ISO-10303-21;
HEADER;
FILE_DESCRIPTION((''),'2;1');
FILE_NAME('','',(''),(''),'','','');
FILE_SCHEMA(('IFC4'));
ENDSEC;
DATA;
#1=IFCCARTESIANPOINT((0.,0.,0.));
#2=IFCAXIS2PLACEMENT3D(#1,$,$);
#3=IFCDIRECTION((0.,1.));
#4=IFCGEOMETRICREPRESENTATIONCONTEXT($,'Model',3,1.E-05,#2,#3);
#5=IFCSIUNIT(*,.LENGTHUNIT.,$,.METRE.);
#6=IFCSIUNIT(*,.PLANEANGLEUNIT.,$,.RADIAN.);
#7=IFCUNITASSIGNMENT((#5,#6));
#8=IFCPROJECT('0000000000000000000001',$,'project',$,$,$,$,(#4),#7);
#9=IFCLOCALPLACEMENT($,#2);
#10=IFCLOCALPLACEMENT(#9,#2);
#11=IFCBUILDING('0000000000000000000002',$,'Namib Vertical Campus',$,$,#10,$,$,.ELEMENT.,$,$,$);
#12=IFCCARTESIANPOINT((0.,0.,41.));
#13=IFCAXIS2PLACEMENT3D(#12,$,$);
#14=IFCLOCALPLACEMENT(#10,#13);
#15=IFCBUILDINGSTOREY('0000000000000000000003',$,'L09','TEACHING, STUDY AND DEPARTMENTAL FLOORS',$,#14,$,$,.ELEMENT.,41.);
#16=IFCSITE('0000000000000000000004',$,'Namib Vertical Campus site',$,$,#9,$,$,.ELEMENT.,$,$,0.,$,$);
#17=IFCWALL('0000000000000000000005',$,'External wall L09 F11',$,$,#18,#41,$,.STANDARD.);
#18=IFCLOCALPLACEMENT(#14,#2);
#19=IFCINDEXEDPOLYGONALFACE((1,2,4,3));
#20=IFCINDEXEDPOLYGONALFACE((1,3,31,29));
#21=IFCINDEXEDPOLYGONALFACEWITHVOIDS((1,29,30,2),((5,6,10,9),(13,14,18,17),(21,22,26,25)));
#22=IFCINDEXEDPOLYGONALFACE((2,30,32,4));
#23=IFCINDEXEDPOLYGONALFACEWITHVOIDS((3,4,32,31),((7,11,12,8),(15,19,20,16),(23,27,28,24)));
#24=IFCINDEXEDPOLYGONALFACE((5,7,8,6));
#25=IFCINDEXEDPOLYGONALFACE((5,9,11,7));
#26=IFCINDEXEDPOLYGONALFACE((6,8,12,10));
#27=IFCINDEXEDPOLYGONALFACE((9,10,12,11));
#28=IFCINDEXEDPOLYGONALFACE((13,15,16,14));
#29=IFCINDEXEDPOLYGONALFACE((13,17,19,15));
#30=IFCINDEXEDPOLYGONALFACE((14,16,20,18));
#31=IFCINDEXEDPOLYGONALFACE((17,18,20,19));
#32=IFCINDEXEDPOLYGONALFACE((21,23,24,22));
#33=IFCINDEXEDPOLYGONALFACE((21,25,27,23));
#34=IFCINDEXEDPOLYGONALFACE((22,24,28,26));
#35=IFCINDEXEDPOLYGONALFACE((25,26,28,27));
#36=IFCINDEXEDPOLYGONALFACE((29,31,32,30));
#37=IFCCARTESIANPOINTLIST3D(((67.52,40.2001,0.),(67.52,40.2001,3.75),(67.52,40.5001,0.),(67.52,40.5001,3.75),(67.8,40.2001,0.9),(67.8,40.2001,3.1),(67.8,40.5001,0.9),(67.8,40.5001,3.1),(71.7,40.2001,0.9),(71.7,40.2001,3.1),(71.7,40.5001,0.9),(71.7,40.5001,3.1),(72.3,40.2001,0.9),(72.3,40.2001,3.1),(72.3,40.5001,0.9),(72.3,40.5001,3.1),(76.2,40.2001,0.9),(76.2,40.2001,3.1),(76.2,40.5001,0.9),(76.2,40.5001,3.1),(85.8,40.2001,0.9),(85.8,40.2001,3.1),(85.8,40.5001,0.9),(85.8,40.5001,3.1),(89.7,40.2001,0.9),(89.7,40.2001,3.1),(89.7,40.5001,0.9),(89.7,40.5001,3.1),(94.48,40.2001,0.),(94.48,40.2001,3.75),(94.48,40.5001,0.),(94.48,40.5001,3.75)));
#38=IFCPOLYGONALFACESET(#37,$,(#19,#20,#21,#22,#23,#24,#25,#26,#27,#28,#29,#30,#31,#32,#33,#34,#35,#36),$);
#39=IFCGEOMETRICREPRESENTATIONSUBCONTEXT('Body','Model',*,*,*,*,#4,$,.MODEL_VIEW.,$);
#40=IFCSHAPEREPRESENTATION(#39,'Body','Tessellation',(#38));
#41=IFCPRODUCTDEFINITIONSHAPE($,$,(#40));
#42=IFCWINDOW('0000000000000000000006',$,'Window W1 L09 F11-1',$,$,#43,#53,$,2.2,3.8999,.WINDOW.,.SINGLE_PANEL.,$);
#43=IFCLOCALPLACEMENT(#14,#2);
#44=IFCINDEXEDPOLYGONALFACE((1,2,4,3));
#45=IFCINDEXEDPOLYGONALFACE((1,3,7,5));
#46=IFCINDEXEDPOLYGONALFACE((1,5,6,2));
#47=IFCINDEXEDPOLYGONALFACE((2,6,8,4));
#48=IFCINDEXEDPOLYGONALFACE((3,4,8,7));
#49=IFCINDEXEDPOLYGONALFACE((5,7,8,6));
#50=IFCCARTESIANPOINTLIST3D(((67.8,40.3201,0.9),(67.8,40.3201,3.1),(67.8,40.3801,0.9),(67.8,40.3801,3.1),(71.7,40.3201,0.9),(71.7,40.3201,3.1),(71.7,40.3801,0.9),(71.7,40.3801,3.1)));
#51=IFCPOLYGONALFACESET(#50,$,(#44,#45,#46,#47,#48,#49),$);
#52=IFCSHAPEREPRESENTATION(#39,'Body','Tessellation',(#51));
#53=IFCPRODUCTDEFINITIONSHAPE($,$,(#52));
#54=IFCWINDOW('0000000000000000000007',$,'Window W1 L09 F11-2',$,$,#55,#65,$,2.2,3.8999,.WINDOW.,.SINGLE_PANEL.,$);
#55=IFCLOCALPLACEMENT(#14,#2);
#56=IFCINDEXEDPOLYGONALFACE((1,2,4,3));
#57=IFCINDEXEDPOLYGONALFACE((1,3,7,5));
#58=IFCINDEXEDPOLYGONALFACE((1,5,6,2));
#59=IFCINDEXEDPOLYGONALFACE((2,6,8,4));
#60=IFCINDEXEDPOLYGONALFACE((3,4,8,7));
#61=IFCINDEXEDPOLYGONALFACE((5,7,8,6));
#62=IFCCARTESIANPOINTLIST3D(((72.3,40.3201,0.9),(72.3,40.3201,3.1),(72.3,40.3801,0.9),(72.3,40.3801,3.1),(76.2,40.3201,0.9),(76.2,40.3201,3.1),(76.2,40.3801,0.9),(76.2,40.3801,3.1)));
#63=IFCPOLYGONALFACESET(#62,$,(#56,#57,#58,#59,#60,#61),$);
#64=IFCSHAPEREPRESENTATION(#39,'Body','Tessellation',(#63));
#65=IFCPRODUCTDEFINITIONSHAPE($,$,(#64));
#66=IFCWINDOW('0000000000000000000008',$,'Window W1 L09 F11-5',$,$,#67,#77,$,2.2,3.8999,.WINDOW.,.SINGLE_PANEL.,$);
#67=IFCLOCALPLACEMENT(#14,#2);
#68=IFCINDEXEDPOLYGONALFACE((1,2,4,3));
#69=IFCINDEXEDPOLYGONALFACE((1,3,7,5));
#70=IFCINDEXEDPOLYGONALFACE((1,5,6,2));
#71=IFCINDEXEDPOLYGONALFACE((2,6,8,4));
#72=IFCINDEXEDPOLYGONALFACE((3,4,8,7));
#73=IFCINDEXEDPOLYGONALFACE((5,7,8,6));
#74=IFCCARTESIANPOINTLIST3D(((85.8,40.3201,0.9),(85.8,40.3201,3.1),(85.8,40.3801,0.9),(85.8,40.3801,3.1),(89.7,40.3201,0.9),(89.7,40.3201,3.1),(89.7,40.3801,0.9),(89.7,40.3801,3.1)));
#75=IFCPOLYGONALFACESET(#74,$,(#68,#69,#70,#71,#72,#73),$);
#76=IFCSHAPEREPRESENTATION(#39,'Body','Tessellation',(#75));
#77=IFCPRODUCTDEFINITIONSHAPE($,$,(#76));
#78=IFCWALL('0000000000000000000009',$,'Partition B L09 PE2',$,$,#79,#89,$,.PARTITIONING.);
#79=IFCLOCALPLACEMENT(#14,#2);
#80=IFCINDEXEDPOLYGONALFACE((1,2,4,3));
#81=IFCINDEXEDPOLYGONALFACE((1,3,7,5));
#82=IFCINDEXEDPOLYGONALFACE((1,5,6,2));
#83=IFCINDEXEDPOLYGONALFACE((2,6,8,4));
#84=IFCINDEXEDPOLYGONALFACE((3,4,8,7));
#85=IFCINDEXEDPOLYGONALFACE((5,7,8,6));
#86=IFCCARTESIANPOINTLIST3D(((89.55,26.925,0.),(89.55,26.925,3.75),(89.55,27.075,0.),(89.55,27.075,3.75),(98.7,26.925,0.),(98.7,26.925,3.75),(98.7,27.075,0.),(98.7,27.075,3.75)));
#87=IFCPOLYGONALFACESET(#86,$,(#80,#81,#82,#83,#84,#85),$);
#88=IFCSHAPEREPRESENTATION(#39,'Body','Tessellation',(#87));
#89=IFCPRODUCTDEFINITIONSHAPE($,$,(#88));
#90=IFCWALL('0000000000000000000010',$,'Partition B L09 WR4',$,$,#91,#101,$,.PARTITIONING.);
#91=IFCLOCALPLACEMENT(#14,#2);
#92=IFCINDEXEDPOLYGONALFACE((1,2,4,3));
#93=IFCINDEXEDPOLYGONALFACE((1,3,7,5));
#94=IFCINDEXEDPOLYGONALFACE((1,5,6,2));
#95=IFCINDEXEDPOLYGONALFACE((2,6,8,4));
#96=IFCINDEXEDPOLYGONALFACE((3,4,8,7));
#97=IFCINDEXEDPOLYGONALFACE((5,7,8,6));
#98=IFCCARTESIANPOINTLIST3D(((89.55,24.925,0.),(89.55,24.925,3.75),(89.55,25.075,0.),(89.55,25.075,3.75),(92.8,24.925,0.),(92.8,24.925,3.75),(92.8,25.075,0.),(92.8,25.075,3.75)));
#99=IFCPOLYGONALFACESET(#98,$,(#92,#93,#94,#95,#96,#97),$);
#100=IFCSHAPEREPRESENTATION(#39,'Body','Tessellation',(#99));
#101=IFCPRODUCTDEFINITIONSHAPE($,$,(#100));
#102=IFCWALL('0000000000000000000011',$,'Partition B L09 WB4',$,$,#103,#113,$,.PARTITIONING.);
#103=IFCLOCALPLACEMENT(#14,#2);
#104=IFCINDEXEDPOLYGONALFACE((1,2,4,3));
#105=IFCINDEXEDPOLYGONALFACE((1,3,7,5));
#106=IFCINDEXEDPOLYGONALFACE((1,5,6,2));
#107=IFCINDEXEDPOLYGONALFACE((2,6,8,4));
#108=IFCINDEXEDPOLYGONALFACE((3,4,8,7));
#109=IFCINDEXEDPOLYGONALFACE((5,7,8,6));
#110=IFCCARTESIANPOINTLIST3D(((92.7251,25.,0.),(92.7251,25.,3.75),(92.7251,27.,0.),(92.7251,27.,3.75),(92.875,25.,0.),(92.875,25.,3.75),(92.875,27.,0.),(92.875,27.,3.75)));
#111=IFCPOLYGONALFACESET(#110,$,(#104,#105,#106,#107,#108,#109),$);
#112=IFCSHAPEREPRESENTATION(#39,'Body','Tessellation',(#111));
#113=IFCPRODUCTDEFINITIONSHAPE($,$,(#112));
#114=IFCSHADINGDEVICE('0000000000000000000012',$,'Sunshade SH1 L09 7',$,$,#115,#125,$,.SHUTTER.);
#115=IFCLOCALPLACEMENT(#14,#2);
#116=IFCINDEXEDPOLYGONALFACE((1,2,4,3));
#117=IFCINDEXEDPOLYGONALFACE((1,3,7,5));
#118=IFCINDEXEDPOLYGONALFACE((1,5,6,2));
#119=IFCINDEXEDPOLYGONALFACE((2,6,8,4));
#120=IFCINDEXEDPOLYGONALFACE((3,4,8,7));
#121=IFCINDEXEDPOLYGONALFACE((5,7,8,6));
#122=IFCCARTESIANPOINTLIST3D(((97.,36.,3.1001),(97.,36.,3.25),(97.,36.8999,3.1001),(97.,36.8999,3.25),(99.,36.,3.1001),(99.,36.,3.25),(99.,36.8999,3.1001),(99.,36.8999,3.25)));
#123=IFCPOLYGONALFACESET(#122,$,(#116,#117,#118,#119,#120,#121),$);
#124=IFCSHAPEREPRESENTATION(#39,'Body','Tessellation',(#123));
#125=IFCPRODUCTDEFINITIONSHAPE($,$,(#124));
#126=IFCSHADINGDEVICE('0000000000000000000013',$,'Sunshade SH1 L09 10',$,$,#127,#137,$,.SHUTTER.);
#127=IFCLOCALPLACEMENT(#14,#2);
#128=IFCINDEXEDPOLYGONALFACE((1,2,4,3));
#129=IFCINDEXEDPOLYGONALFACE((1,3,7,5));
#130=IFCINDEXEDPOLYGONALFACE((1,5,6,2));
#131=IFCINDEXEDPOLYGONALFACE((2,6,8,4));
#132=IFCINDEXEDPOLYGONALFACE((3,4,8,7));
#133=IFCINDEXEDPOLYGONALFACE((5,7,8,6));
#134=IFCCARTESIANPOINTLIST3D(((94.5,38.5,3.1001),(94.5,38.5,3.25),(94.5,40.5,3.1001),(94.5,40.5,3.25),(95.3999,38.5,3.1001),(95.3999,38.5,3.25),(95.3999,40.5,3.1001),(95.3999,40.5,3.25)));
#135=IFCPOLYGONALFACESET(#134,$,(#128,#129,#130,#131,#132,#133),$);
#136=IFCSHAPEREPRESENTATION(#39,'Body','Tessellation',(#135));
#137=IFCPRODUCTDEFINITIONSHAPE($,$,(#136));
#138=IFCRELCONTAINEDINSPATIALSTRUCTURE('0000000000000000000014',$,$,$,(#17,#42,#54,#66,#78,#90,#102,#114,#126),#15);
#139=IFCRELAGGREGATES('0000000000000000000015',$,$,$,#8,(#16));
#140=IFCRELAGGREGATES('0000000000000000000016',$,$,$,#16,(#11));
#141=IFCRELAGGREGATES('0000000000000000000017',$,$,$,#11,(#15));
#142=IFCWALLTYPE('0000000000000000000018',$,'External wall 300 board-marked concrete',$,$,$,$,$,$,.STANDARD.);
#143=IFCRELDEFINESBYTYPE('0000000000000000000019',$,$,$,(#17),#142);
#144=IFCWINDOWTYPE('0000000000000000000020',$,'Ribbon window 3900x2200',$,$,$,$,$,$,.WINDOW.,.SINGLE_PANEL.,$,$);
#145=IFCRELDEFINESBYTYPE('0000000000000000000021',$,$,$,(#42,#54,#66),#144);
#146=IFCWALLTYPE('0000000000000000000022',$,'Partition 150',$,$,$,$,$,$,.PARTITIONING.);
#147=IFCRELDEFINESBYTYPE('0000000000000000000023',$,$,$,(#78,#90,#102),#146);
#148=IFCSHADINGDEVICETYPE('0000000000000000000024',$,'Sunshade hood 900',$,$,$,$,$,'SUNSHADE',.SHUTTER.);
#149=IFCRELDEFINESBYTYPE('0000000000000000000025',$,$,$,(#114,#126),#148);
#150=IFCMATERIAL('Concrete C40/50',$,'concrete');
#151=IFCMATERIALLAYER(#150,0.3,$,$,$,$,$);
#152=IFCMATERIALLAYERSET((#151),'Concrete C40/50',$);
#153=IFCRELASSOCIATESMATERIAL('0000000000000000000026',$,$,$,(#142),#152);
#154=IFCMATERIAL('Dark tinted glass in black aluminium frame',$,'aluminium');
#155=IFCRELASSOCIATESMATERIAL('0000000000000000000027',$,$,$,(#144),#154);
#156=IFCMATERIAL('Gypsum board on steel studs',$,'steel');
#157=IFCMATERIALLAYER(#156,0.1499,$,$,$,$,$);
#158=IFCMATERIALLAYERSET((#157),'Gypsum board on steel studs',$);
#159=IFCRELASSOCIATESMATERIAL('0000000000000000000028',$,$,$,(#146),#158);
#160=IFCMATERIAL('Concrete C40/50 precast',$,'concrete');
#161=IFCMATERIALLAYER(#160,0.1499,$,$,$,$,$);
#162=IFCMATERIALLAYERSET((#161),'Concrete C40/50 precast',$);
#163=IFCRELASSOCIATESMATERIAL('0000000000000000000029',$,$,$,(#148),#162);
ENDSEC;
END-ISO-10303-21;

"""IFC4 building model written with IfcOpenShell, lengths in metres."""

from ifc_helpers import new_model, si_unit, direction, frame, frame_2d, origin, origin_2d, place, context, subcontext, project, spatial, rectangle, extrude, material, layer, layer_set, type_object, element, fill, save


model = new_model("IFC4")

# Units and contexts
model_context = context("Model", 3, precision=1e-05, world=origin(), true_north=direction((0.0, 1.0)))
body_context = subcontext(model_context, "Body", "Model", "MODEL_VIEW")
ifc_project = project(units=[si_unit("LENGTHUNIT", "METRE"), si_unit("PLANEANGLEUNIT", "RADIAN")], contexts=[model_context])

# Site, building, storey
site_placement = place(None, origin())
site = spatial("IfcSite", under=ifc_project, at=site_placement, Name="Namib Vertical Campus site", CompositionType="ELEMENT", RefElevation=0.0)
building_placement = place(site_placement, origin())
building = spatial("IfcBuilding", under=site, at=building_placement, Name="Namib Vertical Campus", CompositionType="ELEMENT")
storey_placement = place(building_placement, frame((0.0, 0.0, 41.0)))
storey = spatial("IfcBuildingStorey", under=building, at=storey_placement, Name="L09", Description="TEACHING, STUDY AND DEPARTMENTAL FLOORS", CompositionType="ELEMENT", Elevation=41.0)

# Shared definitions
ifc_material_1 = material(Name="Concrete C40/50", Category="concrete")
ifc_layer_1 = layer(ifc_material_1, 0.3)
ifc_layer_set_1 = layer_set([ifc_layer_1], Name="Concrete C40/50")
wall_type_1 = type_object("IfcWallType", Name="External wall 300 board-marked concrete", PredefinedType="STANDARD", material=ifc_layer_set_1)

# Wall, openings, windows
wall_1_placement = place(storey_placement, frame((94.48, 40.3501, 0.0), z_axis=(0.0, 0.0, 1.0), x_axis=(-1.0, 0.0, 0.0)))
wall_1 = element("IfcWall", 1, at=wall_1_placement, inside=storey, type_object=wall_type_1, Name="External wall L09 F11", PredefinedType="STANDARD", context=body_context, shape_type="SweptSolid", body=[
    extrude(rectangle(XDim=26.96, YDim=0.3, at=frame_2d((13.48, 0.0))), origin(), (0.0, 0.0, 1.0), 3.75),
])
opening_1_placement = place(wall_1_placement, frame((22.78, 0.0, 0.8999)))
opening_1 = element("IfcOpeningElement", 2, at=opening_1_placement, cuts=wall_1, PredefinedType="OPENING", context=body_context, shape_type="SweptSolid", body=[
    extrude(rectangle(XDim=3.8999, YDim=2.2, at=frame_2d((1.95, 1.1001))), frame((0.0, 0.1599, 0.0), z_axis=(0.0, -1.0, 0.0), x_axis=(1.0, 0.0, 0.0)), (0.0, 0.0, 1.0), 0.3201),
])
opening_2_placement = place(wall_1_placement, frame((18.28, 0.0, 0.8999)))
opening_2 = element("IfcOpeningElement", 3, at=opening_2_placement, cuts=wall_1, PredefinedType="OPENING", context=body_context, shape_type="SweptSolid", body=[
    extrude(rectangle(XDim=3.8999, YDim=2.2, at=frame_2d((1.95, 1.1001))), frame((0.0, 0.1599, 0.0), z_axis=(0.0, -1.0, 0.0), x_axis=(1.0, 0.0, 0.0)), (0.0, 0.0, 1.0), 0.3201),
])
opening_3_placement = place(wall_1_placement, frame((4.78, 0.0, 0.8999)))
opening_3 = element("IfcOpeningElement", 4, at=opening_3_placement, cuts=wall_1, PredefinedType="OPENING", context=body_context, shape_type="SweptSolid", body=[
    extrude(rectangle(XDim=3.8999, YDim=2.2, at=frame_2d((1.95, 1.1001))), frame((0.0, 0.1599, 0.0), z_axis=(0.0, -1.0, 0.0), x_axis=(1.0, 0.0, 0.0)), (0.0, 0.0, 1.0), 0.3201),
])
ifc_material_2 = material(Name="Dark tinted glass in black aluminium frame", Category="aluminium")
window_type = type_object("IfcWindowType", Name="Ribbon window 3900x2200", PartitioningType="SINGLE_PANEL", PredefinedType="WINDOW", material=ifc_material_2)
window_1_placement = place(opening_1_placement, origin())
window_1 = element("IfcWindow", 5, at=window_1_placement, inside=storey, type_object=window_type, Name="Window W1 L09 F11-1", OverallHeight=2.2, OverallWidth=3.8999, PartitioningType="SINGLE_PANEL", PredefinedType="WINDOW", context=body_context, shape_type="SweptSolid", body=[
    extrude(rectangle(XDim=3.8999, YDim=2.2, at=frame_2d((1.95, 1.1001))), frame((0.0, 0.03, 0.0), z_axis=(0.0, -1.0, 0.0), x_axis=(1.0, 0.0, 0.0)), (0.0, 0.0, 1.0), 0.0601),
])
fill(opening_1, window_1)
window_2_placement = place(opening_2_placement, origin())
window_2 = element("IfcWindow", 6, at=window_2_placement, inside=storey, type_object=window_type, Name="Window W1 L09 F11-2", OverallHeight=2.2, OverallWidth=3.8999, PartitioningType="SINGLE_PANEL", PredefinedType="WINDOW", context=body_context, shape_type="SweptSolid", body=[
    extrude(rectangle(XDim=3.8999, YDim=2.2, at=frame_2d((1.95, 1.1001))), frame((0.0, 0.03, 0.0), z_axis=(0.0, -1.0, 0.0), x_axis=(1.0, 0.0, 0.0)), (0.0, 0.0, 1.0), 0.0601),
])
fill(opening_2, window_2)
window_3_placement = place(opening_3_placement, origin())
window_3 = element("IfcWindow", 7, at=window_3_placement, inside=storey, type_object=window_type, Name="Window W1 L09 F11-5", OverallHeight=2.2, OverallWidth=3.8999, PartitioningType="SINGLE_PANEL", PredefinedType="WINDOW", context=body_context, shape_type="SweptSolid", body=[
    extrude(rectangle(XDim=3.8999, YDim=2.2, at=frame_2d((1.95, 1.1001))), frame((0.0, 0.03, 0.0), z_axis=(0.0, -1.0, 0.0), x_axis=(1.0, 0.0, 0.0)), (0.0, 0.0, 1.0), 0.0601),
])
fill(opening_3, window_3)

# Walls
ifc_material_3 = material(Name="Gypsum board on steel studs", Category="steel")
ifc_layer_2 = layer(ifc_material_3, 0.1499)
ifc_layer_set_2 = layer_set([ifc_layer_2], Name="Gypsum board on steel studs")
wall_type_2 = type_object("IfcWallType", Name="Partition 150", PredefinedType="PARTITIONING", material=ifc_layer_set_2)
wall_2_placement = place(storey_placement, frame((89.55, 27.0, 0.0), z_axis=(0.0, 0.0, 1.0), x_axis=(1.0, 0.0, 0.0)))
element("IfcWall", 8, at=wall_2_placement, inside=storey, type_object=wall_type_2, Name="Partition B L09 PE2", PredefinedType="PARTITIONING", context=body_context, shape_type="SweptSolid", body=[
    extrude(rectangle(XDim=9.1499, YDim=0.1499, at=frame_2d((4.575, 0.0))), origin(), (0.0, 0.0, 1.0), 3.75),
])
wall_3_placement = place(storey_placement, frame((89.55, 25.0, 0.0), z_axis=(0.0, 0.0, 1.0), x_axis=(1.0, 0.0, 0.0)))
element("IfcWall", 9, at=wall_3_placement, inside=storey, type_object=wall_type_2, Name="Partition B L09 WR4", PredefinedType="PARTITIONING", context=body_context, shape_type="SweptSolid", body=[
    extrude(rectangle(XDim=3.25, YDim=0.1499, at=frame_2d((1.625, 0.0))), origin(), (0.0, 0.0, 1.0), 3.75),
])
wall_4_placement = place(storey_placement, frame((92.8, 25.0, 0.0), z_axis=(0.0, 0.0, 1.0), x_axis=(0.0, 1.0, 0.0)))
element("IfcWall", 10, at=wall_4_placement, inside=storey, type_object=wall_type_2, Name="Partition B L09 WB4", PredefinedType="PARTITIONING", context=body_context, shape_type="SweptSolid", body=[
    extrude(rectangle(XDim=2.0, YDim=0.1499, at=frame_2d((1.0, 0.0))), origin(), (0.0, 0.0, 1.0), 3.75),
])

# Shading devices
ifc_material_4 = material(Name="Concrete C40/50 precast", Category="concrete")
ifc_layer_3 = layer(ifc_material_4, 0.1499)
ifc_layer_set_3 = layer_set([ifc_layer_3], Name="Concrete C40/50 precast")
shading_device_type = type_object("IfcShadingDeviceType", Name="Sunshade hood 900", ElementType="SUNSHADE", PredefinedType="SHUTTER", material=ifc_layer_set_3)
for number, where, z_axis, x_axis, name in (
    (11, (98.0, 36.45, 3.1001), (0.0, 0.0, 1.0), (-1.0, 0.0, 0.0), "Sunshade SH1 L09 7"),
    (12, (94.95, 39.5, 3.1001), (0.0, 0.0, 1.0), (0.0, 1.0, 0.0), "Sunshade SH1 L09 10"),
):
    element("IfcShadingDevice", number, at=place(storey_placement, frame(where, z_axis=z_axis, x_axis=x_axis)), inside=storey, type_object=shading_device_type, Name=name, PredefinedType="SHUTTER", context=body_context, shape_type="SweptSolid", body=[
        extrude(rectangle(XDim=2.0, YDim=0.8999, at=origin_2d()), origin(), (0.0, 0.0, 1.0), 0.1499),
    ])

save(model, "model.ifc")
